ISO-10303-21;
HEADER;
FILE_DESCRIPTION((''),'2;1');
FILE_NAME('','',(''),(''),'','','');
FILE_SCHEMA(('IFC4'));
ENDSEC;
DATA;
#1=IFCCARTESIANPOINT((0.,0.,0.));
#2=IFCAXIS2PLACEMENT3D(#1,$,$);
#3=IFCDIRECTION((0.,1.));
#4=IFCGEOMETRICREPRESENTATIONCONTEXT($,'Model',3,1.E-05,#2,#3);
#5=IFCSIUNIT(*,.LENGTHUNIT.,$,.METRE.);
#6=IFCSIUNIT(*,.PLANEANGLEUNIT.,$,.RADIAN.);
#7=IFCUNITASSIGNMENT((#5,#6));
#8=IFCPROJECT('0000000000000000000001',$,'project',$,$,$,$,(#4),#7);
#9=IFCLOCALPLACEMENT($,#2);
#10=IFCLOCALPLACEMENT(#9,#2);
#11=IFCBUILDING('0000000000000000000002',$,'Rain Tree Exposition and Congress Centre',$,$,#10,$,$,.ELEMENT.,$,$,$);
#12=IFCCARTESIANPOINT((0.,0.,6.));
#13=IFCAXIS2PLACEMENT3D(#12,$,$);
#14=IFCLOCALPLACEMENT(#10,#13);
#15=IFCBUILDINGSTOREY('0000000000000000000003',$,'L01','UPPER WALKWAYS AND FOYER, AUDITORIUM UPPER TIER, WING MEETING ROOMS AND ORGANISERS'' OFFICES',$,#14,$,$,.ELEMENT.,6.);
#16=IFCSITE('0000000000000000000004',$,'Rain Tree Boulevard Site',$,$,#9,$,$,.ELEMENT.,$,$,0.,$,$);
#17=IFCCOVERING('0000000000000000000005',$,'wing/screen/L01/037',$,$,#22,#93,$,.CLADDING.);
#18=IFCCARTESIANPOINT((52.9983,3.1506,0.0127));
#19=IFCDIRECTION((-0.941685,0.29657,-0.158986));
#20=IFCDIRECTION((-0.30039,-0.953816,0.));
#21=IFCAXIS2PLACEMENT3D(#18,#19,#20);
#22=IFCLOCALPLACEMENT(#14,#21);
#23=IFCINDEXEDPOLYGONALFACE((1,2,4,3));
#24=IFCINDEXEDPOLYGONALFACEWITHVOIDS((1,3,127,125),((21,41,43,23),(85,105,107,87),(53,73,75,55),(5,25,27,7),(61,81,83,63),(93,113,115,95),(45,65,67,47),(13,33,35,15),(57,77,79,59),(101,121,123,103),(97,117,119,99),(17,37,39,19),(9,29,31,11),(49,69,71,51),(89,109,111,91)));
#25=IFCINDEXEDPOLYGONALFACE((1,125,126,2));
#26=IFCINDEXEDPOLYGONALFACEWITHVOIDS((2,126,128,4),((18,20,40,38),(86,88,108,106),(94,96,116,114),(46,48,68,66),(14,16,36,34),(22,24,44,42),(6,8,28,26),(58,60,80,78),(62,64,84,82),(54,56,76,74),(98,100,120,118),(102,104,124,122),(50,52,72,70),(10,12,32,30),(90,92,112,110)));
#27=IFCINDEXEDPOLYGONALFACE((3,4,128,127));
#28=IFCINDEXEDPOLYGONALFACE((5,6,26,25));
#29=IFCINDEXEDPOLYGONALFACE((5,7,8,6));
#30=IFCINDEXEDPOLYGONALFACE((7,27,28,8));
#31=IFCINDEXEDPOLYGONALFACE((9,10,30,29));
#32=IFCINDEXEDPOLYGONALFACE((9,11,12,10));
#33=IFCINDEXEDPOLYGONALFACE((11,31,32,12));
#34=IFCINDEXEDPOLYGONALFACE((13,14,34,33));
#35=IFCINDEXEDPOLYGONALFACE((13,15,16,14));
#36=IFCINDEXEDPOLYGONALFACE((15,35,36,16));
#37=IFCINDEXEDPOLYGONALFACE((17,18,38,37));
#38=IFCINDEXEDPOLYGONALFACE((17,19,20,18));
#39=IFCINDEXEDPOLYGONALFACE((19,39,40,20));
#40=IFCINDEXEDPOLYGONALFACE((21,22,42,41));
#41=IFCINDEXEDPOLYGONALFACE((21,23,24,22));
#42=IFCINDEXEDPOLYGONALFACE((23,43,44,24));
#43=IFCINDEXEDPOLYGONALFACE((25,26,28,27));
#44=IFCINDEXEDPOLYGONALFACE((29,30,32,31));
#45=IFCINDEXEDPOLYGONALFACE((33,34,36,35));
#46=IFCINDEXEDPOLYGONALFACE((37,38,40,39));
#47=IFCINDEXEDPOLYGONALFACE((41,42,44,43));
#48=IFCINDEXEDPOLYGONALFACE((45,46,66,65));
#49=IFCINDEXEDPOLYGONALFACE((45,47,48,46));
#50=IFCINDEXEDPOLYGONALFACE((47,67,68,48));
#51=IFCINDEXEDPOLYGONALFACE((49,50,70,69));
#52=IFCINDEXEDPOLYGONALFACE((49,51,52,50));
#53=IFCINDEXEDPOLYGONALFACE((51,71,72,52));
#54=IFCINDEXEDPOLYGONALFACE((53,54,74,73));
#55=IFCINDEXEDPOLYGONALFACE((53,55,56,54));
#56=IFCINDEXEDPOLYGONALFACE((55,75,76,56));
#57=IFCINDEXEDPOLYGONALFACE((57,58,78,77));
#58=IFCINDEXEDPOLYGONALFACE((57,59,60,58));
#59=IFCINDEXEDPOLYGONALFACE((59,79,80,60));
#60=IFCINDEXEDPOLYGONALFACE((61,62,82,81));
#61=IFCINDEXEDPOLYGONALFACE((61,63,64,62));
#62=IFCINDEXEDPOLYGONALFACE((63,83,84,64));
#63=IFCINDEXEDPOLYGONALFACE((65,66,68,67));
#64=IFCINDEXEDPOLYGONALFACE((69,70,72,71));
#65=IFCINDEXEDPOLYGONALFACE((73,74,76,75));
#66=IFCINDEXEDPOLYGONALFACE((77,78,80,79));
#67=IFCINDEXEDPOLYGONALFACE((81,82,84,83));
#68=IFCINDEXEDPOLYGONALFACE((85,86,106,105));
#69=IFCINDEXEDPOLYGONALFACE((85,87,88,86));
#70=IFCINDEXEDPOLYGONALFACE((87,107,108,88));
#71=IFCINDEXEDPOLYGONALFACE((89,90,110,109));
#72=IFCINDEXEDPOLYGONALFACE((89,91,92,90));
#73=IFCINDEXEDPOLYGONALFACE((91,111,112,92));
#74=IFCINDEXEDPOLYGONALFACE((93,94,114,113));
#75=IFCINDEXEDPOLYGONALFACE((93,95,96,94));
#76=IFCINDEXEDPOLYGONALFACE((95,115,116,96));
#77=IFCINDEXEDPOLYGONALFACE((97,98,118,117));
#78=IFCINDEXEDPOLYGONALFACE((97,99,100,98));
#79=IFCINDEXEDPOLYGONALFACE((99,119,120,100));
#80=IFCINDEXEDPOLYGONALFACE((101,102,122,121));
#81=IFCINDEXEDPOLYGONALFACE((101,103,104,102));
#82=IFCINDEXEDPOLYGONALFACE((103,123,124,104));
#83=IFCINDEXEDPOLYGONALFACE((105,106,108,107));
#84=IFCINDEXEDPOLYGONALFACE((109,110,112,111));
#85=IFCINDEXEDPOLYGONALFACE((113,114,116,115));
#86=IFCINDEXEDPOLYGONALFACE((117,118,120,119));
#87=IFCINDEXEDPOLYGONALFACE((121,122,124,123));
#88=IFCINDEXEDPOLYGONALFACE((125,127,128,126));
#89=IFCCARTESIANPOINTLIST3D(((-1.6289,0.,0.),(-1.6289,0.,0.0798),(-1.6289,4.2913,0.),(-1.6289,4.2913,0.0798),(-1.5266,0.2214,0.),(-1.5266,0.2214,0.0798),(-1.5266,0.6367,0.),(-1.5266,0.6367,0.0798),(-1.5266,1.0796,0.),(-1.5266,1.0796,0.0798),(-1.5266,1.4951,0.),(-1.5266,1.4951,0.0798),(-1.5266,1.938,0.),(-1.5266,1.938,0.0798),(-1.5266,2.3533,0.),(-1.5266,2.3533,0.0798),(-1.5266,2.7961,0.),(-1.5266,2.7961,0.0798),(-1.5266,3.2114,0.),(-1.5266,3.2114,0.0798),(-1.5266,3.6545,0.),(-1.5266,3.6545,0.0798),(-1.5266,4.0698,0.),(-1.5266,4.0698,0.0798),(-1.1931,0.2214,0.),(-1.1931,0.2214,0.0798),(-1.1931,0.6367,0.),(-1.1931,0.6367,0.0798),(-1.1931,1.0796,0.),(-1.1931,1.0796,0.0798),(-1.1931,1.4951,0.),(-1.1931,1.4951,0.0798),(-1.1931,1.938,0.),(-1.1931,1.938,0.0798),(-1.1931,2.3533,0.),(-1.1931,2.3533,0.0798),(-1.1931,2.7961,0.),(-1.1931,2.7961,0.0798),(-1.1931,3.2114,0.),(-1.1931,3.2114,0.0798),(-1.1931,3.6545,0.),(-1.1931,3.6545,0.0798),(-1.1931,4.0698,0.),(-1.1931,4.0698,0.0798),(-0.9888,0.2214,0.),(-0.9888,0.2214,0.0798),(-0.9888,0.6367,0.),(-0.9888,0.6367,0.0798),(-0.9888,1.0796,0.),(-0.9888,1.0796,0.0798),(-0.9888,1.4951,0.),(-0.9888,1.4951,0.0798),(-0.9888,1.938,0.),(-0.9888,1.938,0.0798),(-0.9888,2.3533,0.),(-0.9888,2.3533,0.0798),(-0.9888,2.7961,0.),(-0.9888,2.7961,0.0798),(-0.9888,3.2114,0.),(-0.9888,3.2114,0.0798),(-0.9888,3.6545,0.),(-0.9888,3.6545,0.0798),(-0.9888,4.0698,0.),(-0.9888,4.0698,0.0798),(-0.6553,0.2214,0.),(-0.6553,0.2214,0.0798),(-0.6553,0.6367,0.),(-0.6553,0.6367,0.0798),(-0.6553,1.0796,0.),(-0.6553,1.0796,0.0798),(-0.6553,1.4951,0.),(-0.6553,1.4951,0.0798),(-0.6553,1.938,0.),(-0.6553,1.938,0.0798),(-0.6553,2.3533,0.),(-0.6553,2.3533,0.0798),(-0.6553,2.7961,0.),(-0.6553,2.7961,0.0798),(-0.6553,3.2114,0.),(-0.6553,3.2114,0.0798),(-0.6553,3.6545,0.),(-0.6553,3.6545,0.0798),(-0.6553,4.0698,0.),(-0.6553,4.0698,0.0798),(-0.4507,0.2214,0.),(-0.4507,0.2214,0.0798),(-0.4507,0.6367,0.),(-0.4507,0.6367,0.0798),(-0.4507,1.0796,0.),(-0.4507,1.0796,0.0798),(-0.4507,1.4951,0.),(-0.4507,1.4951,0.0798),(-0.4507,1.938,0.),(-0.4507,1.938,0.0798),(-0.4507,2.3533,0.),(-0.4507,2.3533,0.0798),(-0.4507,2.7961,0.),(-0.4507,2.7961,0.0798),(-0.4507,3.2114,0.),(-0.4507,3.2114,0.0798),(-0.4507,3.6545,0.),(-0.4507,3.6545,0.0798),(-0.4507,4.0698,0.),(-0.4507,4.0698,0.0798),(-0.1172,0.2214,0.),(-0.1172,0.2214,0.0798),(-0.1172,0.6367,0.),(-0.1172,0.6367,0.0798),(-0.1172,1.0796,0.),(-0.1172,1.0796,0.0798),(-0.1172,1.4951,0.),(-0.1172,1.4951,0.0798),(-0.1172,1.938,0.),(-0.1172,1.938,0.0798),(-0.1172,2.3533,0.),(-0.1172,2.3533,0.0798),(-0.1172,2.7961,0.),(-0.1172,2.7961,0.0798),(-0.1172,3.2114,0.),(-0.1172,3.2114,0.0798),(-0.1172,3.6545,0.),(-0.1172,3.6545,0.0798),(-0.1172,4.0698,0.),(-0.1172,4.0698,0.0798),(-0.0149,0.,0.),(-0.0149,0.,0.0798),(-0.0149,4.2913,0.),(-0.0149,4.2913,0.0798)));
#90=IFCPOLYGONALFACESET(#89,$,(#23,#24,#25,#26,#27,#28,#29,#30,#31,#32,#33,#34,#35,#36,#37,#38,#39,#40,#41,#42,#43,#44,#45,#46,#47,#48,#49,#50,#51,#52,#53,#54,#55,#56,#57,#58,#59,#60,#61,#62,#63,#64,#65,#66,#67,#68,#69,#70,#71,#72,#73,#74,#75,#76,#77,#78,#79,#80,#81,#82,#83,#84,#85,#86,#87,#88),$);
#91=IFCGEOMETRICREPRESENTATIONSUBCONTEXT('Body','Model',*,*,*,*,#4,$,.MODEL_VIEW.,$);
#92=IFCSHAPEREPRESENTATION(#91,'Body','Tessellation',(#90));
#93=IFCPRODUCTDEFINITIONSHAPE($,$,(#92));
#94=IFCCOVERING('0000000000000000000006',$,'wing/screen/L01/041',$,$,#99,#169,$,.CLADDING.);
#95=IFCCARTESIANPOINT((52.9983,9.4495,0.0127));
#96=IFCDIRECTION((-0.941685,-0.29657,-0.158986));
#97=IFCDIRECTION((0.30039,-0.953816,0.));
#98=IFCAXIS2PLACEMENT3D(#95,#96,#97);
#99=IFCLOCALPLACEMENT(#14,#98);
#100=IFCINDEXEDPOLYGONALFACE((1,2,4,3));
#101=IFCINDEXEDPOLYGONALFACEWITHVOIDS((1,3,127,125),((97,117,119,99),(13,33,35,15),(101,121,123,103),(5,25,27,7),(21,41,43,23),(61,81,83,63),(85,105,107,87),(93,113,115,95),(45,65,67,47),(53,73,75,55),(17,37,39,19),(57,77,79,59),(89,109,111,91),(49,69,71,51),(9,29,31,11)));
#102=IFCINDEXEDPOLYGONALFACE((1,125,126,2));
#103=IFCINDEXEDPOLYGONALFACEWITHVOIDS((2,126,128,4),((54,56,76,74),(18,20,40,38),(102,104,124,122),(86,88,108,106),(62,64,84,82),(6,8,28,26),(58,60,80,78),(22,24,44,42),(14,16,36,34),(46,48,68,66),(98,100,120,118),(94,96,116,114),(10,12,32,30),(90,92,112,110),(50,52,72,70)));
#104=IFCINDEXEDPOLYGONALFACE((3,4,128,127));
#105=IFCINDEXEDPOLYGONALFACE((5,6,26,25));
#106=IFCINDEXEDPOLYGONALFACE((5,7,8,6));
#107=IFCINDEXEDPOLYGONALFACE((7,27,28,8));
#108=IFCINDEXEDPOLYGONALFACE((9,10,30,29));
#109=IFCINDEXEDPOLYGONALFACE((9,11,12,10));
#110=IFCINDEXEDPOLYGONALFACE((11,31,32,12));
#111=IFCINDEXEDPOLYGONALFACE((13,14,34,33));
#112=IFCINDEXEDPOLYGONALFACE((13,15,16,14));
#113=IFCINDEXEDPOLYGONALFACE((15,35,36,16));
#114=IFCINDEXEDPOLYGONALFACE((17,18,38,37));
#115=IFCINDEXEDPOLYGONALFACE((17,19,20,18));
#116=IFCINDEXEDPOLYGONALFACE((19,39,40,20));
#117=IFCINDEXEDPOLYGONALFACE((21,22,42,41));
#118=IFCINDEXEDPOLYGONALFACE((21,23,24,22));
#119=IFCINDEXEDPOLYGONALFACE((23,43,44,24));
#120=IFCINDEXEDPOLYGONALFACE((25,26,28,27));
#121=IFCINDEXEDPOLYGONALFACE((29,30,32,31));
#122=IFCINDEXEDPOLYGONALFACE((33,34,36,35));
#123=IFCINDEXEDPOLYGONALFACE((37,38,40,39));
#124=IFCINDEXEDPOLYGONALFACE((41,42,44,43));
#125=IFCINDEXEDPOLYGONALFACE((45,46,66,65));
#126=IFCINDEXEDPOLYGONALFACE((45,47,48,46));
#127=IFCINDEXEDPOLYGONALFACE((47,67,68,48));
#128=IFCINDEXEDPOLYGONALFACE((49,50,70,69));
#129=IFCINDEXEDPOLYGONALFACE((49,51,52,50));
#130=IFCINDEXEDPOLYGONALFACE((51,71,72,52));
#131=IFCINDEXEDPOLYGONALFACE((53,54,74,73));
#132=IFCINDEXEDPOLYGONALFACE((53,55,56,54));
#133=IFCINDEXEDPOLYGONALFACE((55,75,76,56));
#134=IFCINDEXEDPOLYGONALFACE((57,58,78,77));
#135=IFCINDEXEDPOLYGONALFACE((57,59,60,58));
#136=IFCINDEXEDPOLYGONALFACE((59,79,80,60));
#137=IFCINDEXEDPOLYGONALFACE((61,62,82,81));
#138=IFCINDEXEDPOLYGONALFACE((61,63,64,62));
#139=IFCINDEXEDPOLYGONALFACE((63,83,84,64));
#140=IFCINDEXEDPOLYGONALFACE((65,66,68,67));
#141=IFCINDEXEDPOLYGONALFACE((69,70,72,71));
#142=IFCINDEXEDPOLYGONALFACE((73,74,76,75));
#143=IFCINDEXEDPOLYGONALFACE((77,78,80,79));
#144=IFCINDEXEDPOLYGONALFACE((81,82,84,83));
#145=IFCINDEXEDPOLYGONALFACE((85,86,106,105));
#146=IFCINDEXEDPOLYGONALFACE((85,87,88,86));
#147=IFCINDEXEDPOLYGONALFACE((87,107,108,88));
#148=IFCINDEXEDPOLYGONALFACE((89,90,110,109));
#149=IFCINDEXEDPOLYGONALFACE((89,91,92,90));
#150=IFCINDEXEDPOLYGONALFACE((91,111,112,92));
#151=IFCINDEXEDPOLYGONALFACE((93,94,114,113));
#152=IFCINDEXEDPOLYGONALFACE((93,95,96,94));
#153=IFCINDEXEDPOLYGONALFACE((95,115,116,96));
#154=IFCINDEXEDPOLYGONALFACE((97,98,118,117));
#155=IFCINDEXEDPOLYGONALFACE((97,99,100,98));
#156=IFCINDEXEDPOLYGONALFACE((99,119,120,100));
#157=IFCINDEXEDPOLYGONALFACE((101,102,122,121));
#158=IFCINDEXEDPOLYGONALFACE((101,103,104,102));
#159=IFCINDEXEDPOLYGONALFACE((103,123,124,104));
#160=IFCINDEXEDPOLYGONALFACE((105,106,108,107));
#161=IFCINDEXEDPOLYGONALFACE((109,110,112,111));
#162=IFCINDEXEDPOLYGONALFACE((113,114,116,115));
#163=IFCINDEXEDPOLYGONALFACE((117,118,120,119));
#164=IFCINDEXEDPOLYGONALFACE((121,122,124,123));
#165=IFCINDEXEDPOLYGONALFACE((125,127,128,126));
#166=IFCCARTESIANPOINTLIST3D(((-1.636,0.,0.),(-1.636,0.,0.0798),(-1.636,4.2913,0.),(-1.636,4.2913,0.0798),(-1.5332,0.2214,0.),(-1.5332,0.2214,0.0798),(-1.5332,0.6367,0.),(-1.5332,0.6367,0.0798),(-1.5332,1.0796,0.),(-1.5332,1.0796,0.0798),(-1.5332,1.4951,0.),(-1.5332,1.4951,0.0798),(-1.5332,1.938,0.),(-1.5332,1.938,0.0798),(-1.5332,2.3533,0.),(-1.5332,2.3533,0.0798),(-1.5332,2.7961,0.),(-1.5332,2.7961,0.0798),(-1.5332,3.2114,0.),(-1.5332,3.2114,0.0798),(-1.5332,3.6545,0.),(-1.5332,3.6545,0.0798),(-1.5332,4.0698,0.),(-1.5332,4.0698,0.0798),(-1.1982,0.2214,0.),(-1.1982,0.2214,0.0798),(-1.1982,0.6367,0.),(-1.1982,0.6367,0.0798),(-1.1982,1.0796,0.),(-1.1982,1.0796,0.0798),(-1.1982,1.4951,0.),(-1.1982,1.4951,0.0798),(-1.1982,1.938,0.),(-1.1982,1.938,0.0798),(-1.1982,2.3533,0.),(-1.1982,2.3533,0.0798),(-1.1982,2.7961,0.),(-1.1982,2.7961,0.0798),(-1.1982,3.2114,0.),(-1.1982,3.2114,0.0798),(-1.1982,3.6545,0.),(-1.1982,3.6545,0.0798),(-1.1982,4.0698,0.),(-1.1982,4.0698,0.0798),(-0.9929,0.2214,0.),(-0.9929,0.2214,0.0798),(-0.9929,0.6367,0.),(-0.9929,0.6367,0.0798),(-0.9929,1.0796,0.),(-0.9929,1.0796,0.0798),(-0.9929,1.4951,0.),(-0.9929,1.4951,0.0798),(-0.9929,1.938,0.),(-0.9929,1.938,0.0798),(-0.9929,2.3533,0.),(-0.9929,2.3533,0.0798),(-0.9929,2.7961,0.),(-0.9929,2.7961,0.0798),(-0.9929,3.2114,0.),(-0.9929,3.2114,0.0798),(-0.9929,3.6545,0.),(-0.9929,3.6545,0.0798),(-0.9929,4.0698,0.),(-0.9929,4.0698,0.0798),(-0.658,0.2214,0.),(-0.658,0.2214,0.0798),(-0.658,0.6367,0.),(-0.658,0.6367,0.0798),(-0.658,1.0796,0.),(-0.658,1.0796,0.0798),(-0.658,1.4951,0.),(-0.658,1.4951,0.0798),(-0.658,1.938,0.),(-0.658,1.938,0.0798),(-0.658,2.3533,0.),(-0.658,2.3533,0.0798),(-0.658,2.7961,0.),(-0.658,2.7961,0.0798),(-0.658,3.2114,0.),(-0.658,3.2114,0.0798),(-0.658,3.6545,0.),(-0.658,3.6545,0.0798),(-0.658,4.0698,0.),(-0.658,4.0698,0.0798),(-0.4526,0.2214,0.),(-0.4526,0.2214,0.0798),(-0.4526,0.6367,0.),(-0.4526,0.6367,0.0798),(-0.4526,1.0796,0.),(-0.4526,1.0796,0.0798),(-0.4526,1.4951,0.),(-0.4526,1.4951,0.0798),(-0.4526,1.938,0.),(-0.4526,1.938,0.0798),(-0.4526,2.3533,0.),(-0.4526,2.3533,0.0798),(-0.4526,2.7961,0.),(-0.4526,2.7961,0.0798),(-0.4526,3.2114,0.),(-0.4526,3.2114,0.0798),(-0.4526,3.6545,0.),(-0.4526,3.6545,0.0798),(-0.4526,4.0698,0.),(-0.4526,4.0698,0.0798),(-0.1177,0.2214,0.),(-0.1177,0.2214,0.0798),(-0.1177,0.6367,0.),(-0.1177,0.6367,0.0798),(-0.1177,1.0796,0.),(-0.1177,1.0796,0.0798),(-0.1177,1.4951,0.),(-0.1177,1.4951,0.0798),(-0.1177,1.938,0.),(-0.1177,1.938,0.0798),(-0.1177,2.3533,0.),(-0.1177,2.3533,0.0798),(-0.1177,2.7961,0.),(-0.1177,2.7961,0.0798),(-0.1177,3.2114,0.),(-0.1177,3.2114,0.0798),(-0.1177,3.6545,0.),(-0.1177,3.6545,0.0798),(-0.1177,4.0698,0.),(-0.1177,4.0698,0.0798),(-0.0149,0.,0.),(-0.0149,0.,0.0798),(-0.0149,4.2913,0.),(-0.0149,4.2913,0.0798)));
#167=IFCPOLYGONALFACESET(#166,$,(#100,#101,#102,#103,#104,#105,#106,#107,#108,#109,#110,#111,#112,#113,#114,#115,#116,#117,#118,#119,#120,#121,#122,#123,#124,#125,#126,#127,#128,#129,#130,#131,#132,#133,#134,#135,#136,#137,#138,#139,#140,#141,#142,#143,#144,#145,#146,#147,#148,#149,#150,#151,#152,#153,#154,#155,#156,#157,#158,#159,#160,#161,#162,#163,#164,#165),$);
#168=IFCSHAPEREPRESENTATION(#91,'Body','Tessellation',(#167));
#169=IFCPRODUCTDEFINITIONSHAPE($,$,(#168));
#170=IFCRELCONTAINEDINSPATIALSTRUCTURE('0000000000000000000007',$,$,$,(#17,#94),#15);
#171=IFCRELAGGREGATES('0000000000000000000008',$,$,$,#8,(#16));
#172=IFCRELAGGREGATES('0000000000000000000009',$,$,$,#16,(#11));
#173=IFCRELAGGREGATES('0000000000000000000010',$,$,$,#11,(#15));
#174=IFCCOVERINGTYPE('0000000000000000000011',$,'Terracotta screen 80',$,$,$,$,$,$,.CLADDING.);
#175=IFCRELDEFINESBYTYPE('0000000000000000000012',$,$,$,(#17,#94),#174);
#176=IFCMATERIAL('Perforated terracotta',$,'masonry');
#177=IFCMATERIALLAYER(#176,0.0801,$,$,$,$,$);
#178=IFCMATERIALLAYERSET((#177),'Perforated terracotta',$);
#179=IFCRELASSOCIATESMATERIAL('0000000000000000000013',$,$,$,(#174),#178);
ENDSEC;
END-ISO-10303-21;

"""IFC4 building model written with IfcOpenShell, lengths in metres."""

from ifc_helpers import new_model, si_unit, direction, frame, origin, place, context, subcontext, project, spatial, polyline, outline, extrude, material, layer, layer_set, type_object, element, save


model = new_model("IFC4")

# Units and contexts
model_context = context("Model", 3, precision=1e-05, world=origin(), true_north=direction((0.0, 1.0)))
body_context = subcontext(model_context, "Body", "Model", "MODEL_VIEW")
ifc_project = project(units=[si_unit("LENGTHUNIT", "METRE"), si_unit("PLANEANGLEUNIT", "RADIAN")], contexts=[model_context])

# Site, building, storey
site_placement = place(None, origin())
site = spatial("IfcSite", under=ifc_project, at=site_placement, Name="Rain Tree Boulevard Site", CompositionType="ELEMENT", RefElevation=0.0)
building_placement = place(site_placement, origin())
building = spatial("IfcBuilding", under=site, at=building_placement, Name="Rain Tree Exposition and Congress Centre", CompositionType="ELEMENT")
storey_placement = place(building_placement, frame((0.0, 0.0, 6.0)))
storey = spatial("IfcBuildingStorey", under=building, at=storey_placement, Name="L01", Description="UPPER WALKWAYS AND FOYER, AUDITORIUM UPPER TIER, WING MEETING ROOMS AND ORGANISERS' OFFICES", CompositionType="ELEMENT", Elevation=6.0)

# Coverings
ifc_material_1 = material(Name="Perforated terracotta", Category="masonry")
ifc_layer = layer(ifc_material_1, 0.0801)
ifc_layer_set = layer_set([ifc_layer], Name="Perforated terracotta")
covering_type = type_object("IfcCoveringType", Name="Terracotta screen 80", PredefinedType="CLADDING", material=ifc_layer_set)
covering_1_placement = place(storey_placement, frame((52.9983, 3.1506, 0.0127), z_axis=(-0.941685, 0.29657, -0.158986), x_axis=(-0.30039, -0.953816, 0.0)))
element("IfcCovering", 1, at=covering_1_placement, inside=storey, type_object=covering_type, Name="wing/screen/L01/037", PredefinedType="CLADDING", context=body_context, shape_type="SweptSolid", body=[
    extrude(outline(polyline([(-1.6289, 0.0), (-1.6289, 4.2913), (-0.0149, 4.2913), (-0.0149, 0.0), (-1.6289, 0.0)]), holes=[polyline([(-0.1172, 0.2214), (-0.1172, 0.6367), (-0.4507, 0.6367), (-0.4507, 0.2214), (-0.1172, 0.2214)]), polyline([(-0.1172, 1.0796), (-0.1172, 1.4951), (-0.4507, 1.4951), (-0.4507, 1.0796), (-0.1172, 1.0796)]), polyline([(-0.1172, 1.938), (-0.1172, 2.3533), (-0.4507, 2.3533), (-0.4507, 1.938), (-0.1172, 1.938)]), polyline([(-0.1172, 2.7961), (-0.1172, 3.2114), (-0.4507, 3.2114), (-0.4507, 2.7961), (-0.1172, 2.7961)]), polyline([(-0.1172, 3.6545), (-0.1172, 4.0698), (-0.4507, 4.0698), (-0.4507, 3.6545), (-0.1172, 3.6545)]), polyline([(-0.6553, 0.2214), (-0.6553, 0.6367), (-0.9888, 0.6367), (-0.9888, 0.2214), (-0.6553, 0.2214)]), polyline([(-0.6553, 1.0796), (-0.6553, 1.4951), (-0.9888, 1.4951), (-0.9888, 1.0796), (-0.6553, 1.0796)]), polyline([(-0.6553, 1.938), (-0.6553, 2.3533), (-0.9888, 2.3533), (-0.9888, 1.938), (-0.6553, 1.938)]), polyline([(-0.6553, 2.7961), (-0.6553, 3.2114), (-0.9888, 3.2114), (-0.9888, 2.7961), (-0.6553, 2.7961)]), polyline([(-0.6553, 3.6545), (-0.6553, 4.0698), (-0.9888, 4.0698), (-0.9888, 3.6545), (-0.6553, 3.6545)]), polyline([(-1.1931, 0.2214), (-1.1931, 0.6367), (-1.5266, 0.6367), (-1.5266, 0.2214), (-1.1931, 0.2214)]), polyline([(-1.1931, 1.0796), (-1.1931, 1.4951), (-1.5266, 1.4951), (-1.5266, 1.0796), (-1.1931, 1.0796)]), polyline([(-1.1931, 1.938), (-1.1931, 2.3533), (-1.5266, 2.3533), (-1.5266, 1.938), (-1.1931, 1.938)]), polyline([(-1.1931, 2.7961), (-1.1931, 3.2114), (-1.5266, 3.2114), (-1.5266, 2.7961), (-1.1931, 2.7961)]), polyline([(-1.1931, 3.6545), (-1.1931, 4.0698), (-1.5266, 4.0698), (-1.5266, 3.6545), (-1.1931, 3.6545)])]), origin(), (0.0, 0.0, 1.0), 0.0798),
])
covering_2_placement = place(storey_placement, frame((52.9983, 9.4495, 0.0127), z_axis=(-0.941685, -0.29657, -0.158986), x_axis=(0.30039, -0.953816, 0.0)))
element("IfcCovering", 2, at=covering_2_placement, inside=storey, type_object=covering_type, Name="wing/screen/L01/041", PredefinedType="CLADDING", context=body_context, shape_type="SweptSolid", body=[
    extrude(outline(polyline([(-1.636, 0.0), (-1.636, 4.2913), (-0.0149, 4.2913), (-0.0149, 0.0), (-1.636, 0.0)]), holes=[polyline([(-0.1177, 0.2214), (-0.1177, 0.6367), (-0.4526, 0.6367), (-0.4526, 0.2214), (-0.1177, 0.2214)]), polyline([(-0.1177, 1.0796), (-0.1177, 1.4951), (-0.4526, 1.4951), (-0.4526, 1.0796), (-0.1177, 1.0796)]), polyline([(-0.1177, 1.938), (-0.1177, 2.3533), (-0.4526, 2.3533), (-0.4526, 1.938), (-0.1177, 1.938)]), polyline([(-0.1177, 2.7961), (-0.1177, 3.2114), (-0.4526, 3.2114), (-0.4526, 2.7961), (-0.1177, 2.7961)]), polyline([(-0.1177, 3.6545), (-0.1177, 4.0698), (-0.4526, 4.0698), (-0.4526, 3.6545), (-0.1177, 3.6545)]), polyline([(-0.658, 0.2214), (-0.658, 0.6367), (-0.9929, 0.6367), (-0.9929, 0.2214), (-0.658, 0.2214)]), polyline([(-0.658, 1.0796), (-0.658, 1.4951), (-0.9929, 1.4951), (-0.9929, 1.0796), (-0.658, 1.0796)]), polyline([(-0.658, 1.938), (-0.658, 2.3533), (-0.9929, 2.3533), (-0.9929, 1.938), (-0.658, 1.938)]), polyline([(-0.658, 2.7961), (-0.658, 3.2114), (-0.9929, 3.2114), (-0.9929, 2.7961), (-0.658, 2.7961)]), polyline([(-0.658, 3.6545), (-0.658, 4.0698), (-0.9929, 4.0698), (-0.9929, 3.6545), (-0.658, 3.6545)]), polyline([(-1.1982, 0.2214), (-1.1982, 0.6367), (-1.5332, 0.6367), (-1.5332, 0.2214), (-1.1982, 0.2214)]), polyline([(-1.1982, 1.0796), (-1.1982, 1.4951), (-1.5332, 1.4951), (-1.5332, 1.0796), (-1.1982, 1.0796)]), polyline([(-1.1982, 1.938), (-1.1982, 2.3533), (-1.5332, 2.3533), (-1.5332, 1.938), (-1.1982, 1.938)]), polyline([(-1.1982, 2.7961), (-1.1982, 3.2114), (-1.5332, 3.2114), (-1.5332, 2.7961), (-1.1982, 2.7961)]), polyline([(-1.1982, 3.6545), (-1.1982, 4.0698), (-1.5332, 4.0698), (-1.5332, 3.6545), (-1.1982, 3.6545)])]), origin(), (0.0, 0.0, 1.0), 0.0798),
])

save(model, "model.ifc")
